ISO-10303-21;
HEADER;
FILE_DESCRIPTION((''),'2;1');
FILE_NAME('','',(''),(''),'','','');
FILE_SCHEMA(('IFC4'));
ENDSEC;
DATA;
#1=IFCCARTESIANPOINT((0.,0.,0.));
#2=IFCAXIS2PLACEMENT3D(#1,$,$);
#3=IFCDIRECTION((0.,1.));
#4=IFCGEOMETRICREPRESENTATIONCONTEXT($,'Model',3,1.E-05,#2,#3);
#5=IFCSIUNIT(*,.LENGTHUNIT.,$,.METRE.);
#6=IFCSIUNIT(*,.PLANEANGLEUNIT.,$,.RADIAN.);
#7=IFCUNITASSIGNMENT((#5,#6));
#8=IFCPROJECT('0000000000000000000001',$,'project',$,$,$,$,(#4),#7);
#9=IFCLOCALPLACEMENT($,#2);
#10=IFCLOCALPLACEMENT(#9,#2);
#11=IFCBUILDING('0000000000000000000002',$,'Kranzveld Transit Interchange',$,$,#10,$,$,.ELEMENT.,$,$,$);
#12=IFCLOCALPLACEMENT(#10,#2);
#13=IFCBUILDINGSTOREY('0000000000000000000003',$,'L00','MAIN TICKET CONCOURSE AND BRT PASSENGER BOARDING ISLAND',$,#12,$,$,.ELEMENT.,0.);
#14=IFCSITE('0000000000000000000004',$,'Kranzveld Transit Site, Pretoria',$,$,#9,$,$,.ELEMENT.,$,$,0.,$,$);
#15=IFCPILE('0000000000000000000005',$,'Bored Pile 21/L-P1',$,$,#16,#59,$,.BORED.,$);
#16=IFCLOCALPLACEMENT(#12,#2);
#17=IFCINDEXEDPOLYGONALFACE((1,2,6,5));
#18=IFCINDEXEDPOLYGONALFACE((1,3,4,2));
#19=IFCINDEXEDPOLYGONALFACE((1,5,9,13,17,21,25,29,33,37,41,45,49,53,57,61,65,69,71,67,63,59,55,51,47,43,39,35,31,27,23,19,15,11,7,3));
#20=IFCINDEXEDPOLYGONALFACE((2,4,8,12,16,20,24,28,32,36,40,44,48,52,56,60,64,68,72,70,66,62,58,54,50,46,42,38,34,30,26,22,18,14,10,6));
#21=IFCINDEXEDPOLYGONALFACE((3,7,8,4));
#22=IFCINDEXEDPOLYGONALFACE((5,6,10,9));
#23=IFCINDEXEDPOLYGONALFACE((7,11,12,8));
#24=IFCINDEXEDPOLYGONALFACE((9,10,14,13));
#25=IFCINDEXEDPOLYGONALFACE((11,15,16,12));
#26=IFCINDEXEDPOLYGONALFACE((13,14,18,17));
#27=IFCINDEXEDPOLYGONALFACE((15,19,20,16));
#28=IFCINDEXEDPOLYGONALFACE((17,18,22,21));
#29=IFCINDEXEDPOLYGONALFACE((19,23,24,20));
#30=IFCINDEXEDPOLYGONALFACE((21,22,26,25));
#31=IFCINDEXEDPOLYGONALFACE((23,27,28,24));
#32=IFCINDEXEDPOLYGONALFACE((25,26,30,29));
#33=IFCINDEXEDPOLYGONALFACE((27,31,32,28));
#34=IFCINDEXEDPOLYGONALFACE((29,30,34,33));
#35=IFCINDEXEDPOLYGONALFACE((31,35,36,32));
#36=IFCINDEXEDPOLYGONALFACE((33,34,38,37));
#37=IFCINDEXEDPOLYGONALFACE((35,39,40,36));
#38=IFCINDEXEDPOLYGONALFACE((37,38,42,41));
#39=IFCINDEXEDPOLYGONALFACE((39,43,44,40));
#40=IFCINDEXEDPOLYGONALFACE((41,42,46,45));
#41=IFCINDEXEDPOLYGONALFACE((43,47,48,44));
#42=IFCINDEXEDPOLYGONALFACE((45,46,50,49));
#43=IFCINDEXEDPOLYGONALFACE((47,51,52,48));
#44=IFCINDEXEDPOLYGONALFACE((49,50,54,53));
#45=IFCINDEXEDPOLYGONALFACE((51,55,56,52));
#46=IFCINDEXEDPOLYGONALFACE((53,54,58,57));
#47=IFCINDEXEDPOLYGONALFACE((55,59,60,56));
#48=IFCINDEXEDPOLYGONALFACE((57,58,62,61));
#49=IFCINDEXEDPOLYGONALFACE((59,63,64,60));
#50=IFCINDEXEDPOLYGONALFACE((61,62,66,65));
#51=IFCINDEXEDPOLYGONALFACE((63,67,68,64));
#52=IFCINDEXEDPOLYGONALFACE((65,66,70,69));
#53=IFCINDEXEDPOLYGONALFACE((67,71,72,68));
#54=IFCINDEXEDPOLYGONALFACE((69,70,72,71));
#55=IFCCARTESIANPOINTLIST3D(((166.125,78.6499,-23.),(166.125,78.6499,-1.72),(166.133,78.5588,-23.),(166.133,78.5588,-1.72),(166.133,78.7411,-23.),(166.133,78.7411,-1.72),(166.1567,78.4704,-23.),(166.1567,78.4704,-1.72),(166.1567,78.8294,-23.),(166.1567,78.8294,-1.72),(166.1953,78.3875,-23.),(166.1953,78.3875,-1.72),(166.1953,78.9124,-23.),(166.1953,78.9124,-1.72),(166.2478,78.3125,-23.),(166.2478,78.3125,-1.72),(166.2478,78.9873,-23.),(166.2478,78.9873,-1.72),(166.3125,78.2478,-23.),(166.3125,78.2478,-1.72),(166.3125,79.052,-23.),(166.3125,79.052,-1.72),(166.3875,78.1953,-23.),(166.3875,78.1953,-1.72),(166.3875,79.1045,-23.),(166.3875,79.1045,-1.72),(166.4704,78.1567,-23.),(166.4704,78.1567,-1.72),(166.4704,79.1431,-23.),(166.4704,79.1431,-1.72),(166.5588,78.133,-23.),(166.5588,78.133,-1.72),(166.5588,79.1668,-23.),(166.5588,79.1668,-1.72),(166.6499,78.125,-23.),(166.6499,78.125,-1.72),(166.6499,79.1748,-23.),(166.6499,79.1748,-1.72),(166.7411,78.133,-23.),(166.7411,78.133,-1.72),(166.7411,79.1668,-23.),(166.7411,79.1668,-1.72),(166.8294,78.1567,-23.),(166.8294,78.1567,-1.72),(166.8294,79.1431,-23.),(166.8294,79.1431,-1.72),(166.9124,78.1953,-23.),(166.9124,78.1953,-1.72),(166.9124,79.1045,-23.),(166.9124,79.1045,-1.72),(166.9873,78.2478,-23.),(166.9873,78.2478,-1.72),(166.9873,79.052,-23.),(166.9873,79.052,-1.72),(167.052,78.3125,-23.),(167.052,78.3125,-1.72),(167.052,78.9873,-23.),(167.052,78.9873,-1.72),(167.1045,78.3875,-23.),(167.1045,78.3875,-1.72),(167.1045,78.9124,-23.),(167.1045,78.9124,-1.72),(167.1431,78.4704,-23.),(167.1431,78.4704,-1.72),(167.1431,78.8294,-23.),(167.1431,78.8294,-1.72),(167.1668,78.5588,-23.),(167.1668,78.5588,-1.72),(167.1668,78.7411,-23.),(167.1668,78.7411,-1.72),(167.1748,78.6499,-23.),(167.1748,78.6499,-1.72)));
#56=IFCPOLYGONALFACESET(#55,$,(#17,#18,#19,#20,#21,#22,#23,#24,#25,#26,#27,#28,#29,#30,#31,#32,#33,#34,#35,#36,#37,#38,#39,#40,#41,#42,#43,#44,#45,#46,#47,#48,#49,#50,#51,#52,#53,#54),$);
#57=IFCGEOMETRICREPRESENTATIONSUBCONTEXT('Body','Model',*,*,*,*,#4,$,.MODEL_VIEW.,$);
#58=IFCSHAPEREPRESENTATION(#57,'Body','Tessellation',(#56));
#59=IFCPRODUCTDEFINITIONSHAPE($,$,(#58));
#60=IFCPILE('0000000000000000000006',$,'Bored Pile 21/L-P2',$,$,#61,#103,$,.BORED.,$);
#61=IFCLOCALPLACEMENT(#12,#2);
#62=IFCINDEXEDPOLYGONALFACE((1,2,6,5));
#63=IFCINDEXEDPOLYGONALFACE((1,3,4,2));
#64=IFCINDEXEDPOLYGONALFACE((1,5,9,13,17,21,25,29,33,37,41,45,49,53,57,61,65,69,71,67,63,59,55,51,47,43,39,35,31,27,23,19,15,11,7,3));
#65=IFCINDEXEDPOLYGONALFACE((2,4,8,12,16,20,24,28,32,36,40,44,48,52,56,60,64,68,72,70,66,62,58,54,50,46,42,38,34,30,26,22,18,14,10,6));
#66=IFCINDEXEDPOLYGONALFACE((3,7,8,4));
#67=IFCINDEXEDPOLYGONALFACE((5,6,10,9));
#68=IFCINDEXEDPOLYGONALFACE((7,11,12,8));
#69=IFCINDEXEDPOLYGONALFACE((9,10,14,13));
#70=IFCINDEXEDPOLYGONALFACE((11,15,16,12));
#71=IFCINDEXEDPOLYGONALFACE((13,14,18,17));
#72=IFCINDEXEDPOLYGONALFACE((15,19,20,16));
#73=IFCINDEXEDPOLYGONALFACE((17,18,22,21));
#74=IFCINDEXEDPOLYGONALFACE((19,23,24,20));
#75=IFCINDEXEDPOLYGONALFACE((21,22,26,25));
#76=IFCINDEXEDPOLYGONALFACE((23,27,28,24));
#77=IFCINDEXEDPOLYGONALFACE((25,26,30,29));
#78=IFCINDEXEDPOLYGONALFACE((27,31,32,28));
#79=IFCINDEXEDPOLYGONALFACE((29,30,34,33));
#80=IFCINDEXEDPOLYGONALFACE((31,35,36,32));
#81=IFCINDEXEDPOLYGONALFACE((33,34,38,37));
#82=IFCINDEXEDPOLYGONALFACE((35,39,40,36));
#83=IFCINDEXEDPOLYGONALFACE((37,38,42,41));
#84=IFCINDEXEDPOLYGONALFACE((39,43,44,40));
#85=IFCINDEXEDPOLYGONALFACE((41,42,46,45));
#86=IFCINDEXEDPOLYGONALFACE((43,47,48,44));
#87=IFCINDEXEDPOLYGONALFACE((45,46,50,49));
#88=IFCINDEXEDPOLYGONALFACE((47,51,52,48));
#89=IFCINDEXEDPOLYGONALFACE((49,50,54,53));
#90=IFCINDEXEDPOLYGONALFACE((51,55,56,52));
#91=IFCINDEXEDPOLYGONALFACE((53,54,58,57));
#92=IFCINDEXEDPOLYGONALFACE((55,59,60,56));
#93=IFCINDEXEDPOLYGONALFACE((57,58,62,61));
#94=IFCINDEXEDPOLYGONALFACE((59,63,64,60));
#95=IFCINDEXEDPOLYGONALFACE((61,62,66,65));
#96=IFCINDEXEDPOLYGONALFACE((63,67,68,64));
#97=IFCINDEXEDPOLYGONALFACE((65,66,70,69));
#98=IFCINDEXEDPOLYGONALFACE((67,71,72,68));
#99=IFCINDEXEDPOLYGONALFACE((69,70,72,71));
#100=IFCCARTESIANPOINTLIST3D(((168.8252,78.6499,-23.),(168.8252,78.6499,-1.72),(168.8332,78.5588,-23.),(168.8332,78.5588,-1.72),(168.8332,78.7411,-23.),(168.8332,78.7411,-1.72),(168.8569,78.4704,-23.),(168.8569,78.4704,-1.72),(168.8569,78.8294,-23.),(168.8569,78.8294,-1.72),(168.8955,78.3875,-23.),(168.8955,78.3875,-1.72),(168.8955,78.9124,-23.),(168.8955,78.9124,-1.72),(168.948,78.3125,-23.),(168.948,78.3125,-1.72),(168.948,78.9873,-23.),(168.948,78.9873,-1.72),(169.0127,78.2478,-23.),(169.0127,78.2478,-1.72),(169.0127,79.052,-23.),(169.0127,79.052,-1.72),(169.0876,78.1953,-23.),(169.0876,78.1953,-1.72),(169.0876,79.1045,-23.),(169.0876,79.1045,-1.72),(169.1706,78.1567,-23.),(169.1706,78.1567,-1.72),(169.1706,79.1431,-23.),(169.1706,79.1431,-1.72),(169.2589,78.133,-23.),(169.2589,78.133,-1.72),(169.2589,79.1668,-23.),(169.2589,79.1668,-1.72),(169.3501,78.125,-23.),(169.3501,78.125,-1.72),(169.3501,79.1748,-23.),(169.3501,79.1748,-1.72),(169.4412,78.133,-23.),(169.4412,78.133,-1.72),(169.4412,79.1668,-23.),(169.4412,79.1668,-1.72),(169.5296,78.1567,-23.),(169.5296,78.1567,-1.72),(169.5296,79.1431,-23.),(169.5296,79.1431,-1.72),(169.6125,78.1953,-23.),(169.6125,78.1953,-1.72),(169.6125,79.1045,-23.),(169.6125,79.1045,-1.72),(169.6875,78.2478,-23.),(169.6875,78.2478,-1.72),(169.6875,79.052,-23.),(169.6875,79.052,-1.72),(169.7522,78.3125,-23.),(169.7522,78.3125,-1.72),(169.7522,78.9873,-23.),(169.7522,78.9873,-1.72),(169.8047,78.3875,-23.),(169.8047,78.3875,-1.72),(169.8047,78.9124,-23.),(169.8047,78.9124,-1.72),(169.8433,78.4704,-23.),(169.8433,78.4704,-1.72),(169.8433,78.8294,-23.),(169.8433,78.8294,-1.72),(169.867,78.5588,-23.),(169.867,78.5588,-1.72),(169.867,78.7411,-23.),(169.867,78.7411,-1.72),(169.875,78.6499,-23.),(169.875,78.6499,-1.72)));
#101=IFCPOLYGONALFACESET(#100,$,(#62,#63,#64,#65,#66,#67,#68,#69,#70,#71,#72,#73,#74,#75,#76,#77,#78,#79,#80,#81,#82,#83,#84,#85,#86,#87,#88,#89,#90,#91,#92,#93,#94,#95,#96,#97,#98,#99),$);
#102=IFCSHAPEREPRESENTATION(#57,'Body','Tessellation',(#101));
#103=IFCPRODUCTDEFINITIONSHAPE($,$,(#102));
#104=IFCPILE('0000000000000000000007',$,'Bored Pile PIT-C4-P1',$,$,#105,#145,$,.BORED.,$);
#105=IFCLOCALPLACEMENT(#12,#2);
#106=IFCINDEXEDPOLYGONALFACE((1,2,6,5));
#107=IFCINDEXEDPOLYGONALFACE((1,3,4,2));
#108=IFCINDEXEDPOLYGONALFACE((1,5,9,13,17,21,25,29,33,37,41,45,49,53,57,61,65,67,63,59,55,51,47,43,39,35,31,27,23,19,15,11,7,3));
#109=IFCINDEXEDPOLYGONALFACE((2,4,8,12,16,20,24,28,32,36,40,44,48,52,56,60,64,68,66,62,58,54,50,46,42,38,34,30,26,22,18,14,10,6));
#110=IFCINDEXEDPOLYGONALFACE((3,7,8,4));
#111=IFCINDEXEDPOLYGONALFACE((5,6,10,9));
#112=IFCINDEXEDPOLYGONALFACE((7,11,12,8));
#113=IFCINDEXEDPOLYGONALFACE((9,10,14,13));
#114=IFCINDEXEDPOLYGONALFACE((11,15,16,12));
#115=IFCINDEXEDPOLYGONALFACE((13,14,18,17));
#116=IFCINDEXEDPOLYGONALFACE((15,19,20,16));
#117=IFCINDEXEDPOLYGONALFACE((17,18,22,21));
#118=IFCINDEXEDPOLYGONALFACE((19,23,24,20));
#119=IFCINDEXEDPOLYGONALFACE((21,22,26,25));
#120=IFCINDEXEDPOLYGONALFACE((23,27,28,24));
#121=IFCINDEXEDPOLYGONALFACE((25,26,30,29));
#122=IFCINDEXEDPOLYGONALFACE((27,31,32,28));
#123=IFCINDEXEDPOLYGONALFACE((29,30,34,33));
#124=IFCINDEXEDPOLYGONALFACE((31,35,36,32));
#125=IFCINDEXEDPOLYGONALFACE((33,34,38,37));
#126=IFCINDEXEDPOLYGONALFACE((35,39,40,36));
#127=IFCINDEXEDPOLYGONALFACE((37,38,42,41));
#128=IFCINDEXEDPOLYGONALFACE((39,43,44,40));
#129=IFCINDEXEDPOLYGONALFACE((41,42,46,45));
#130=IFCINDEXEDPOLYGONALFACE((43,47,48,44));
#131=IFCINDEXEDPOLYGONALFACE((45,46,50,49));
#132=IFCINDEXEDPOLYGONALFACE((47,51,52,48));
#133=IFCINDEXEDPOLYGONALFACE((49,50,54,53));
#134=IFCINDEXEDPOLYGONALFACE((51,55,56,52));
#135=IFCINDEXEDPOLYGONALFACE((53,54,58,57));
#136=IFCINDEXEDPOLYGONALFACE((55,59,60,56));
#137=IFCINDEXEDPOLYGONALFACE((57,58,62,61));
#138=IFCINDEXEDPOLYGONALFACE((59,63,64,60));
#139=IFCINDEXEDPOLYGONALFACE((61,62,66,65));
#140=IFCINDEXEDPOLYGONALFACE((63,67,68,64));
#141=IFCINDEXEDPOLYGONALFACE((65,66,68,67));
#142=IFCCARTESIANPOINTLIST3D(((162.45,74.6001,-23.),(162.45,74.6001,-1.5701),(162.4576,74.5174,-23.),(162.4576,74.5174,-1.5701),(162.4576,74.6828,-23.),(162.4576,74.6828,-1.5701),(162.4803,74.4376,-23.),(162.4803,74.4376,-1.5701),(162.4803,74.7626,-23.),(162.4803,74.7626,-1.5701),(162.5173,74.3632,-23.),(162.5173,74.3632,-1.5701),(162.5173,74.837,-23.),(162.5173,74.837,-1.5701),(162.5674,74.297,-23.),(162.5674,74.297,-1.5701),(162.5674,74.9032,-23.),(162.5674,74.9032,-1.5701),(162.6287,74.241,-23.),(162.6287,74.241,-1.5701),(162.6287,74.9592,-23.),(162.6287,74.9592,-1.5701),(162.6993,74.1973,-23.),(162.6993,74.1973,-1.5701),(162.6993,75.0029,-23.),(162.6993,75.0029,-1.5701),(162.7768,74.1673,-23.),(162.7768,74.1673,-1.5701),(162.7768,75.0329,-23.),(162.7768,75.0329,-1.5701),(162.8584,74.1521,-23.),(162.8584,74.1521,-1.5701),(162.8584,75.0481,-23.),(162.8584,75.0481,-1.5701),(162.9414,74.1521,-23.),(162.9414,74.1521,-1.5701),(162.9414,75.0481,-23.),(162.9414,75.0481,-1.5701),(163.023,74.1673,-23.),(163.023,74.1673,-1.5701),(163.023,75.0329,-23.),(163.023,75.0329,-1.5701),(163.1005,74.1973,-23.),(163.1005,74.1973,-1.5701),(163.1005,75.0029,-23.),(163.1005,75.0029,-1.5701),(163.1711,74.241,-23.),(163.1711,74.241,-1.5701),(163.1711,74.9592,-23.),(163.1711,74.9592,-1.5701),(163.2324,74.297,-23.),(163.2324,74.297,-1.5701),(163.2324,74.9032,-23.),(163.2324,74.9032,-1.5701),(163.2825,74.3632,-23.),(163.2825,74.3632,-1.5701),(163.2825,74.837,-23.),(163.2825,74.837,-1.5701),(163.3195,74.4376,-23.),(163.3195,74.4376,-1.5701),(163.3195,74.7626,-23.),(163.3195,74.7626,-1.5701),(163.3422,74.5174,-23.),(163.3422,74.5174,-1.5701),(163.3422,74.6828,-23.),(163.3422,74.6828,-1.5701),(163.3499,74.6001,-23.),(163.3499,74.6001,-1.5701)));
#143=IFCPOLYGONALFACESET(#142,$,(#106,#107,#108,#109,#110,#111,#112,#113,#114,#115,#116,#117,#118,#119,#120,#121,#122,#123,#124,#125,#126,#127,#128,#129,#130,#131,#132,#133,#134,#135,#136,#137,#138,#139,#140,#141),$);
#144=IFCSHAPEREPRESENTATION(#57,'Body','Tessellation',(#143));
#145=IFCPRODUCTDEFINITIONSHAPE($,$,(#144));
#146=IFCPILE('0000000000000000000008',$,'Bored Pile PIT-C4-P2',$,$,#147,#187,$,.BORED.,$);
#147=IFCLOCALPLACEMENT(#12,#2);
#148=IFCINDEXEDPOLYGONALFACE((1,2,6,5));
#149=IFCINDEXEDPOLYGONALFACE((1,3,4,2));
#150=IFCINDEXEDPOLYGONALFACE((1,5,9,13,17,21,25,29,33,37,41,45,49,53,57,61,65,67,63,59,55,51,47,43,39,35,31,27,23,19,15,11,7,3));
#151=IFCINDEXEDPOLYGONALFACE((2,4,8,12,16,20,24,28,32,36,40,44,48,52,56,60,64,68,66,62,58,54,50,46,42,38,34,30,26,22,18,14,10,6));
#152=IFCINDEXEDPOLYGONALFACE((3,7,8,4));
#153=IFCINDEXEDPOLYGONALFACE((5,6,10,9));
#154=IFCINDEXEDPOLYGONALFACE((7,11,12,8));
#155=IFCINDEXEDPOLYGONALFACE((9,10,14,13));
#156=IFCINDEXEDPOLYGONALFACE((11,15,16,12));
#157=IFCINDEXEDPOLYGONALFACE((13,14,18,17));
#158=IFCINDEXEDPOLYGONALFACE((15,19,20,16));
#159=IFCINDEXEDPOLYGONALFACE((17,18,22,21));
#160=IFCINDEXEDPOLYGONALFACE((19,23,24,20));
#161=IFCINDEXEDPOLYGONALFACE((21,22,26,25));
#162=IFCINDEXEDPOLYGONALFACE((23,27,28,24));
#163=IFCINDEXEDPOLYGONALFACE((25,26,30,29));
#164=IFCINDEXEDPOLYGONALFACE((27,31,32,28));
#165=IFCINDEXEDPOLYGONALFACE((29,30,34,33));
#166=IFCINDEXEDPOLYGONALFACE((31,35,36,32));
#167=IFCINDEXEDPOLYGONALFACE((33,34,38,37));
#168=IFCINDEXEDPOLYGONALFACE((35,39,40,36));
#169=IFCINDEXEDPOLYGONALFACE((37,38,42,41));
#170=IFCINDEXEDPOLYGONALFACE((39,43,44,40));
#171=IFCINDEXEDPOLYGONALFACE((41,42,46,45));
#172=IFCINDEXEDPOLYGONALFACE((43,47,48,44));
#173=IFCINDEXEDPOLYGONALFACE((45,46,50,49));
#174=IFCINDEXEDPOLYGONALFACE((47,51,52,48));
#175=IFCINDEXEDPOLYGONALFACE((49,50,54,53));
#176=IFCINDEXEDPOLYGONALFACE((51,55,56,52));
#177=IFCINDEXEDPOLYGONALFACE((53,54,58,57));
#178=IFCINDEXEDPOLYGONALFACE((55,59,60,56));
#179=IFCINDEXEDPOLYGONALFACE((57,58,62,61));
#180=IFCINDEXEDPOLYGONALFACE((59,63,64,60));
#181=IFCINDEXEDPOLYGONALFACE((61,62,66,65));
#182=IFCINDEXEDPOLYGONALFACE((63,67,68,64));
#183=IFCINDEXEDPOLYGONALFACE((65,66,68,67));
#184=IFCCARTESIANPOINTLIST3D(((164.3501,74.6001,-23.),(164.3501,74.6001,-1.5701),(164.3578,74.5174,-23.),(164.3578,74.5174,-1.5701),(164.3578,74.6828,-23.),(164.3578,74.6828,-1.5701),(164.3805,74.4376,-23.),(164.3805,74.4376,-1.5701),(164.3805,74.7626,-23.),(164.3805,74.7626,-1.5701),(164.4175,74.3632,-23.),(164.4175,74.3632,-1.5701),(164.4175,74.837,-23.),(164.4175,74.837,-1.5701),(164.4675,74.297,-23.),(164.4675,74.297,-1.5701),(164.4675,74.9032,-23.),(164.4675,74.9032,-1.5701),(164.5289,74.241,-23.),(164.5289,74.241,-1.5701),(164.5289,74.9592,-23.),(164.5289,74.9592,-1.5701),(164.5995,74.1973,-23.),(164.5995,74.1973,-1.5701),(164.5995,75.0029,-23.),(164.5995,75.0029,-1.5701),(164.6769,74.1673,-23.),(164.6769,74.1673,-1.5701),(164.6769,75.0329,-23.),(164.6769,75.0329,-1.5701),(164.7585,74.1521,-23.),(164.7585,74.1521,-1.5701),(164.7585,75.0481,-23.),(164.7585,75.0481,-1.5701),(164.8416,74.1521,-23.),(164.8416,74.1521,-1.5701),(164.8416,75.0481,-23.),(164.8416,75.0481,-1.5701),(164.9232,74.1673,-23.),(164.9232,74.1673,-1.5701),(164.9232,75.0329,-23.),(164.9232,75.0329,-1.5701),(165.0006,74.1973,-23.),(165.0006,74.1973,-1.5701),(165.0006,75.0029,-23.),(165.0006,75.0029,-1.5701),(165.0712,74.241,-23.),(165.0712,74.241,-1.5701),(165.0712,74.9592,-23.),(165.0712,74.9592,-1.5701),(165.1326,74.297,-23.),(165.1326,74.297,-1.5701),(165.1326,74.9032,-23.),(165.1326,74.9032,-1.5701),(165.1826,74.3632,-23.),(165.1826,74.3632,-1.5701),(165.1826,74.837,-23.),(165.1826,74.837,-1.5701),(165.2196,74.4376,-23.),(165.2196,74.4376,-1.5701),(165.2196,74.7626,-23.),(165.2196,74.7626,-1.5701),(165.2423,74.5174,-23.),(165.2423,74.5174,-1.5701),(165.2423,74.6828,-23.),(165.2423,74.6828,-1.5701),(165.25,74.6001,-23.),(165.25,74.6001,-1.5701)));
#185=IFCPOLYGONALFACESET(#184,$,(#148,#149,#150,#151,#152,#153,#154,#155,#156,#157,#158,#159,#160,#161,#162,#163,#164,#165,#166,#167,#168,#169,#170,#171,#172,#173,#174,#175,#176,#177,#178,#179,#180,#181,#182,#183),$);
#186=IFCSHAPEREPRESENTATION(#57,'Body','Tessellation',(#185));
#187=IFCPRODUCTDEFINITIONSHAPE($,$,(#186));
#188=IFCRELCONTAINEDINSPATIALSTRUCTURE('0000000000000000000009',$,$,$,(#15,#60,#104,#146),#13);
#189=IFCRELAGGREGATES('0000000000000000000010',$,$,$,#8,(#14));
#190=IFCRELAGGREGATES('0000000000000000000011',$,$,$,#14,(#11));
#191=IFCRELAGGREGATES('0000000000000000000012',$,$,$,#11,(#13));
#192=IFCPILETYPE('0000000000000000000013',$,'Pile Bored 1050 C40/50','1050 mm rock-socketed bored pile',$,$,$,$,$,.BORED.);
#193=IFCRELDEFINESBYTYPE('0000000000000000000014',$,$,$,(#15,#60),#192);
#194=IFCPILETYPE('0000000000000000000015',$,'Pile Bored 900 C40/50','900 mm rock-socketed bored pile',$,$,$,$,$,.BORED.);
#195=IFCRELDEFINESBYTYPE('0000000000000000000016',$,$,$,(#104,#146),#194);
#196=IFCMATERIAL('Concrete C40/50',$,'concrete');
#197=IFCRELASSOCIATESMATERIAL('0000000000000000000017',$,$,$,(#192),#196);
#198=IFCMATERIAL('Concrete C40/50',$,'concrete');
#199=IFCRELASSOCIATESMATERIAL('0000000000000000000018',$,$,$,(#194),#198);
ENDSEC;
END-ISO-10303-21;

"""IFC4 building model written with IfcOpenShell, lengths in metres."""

from ifc_helpers import new_model, si_unit, direction, frame, origin, origin_2d, place, context, subcontext, project, spatial, circle, extrude, material, material_profile, profile_set, type_object, element, save


model = new_model("IFC4")

# Units and contexts
model_context = context("Model", 3, precision=1e-05, world=origin(), true_north=direction((0.0, 1.0)))
body_context = subcontext(model_context, "Body", "Model", "MODEL_VIEW")
ifc_project = project(units=[si_unit("LENGTHUNIT", "METRE"), si_unit("PLANEANGLEUNIT", "RADIAN")], contexts=[model_context])

# Site, building, storey
site_placement = place(None, origin())
site = spatial("IfcSite", under=ifc_project, at=site_placement, Name="Kranzveld Transit Site, Pretoria", CompositionType="ELEMENT", RefElevation=0.0)
building_placement = place(site_placement, origin())
building = spatial("IfcBuilding", under=site, at=building_placement, Name="Kranzveld Transit Interchange", CompositionType="ELEMENT")
storey_placement = place(building_placement, origin())
storey = spatial("IfcBuildingStorey", under=building, at=storey_placement, Name="L00", Description="MAIN TICKET CONCOURSE AND BRT PASSENGER BOARDING ISLAND", CompositionType="ELEMENT", Elevation=0.0)

# Piles
ifc_material_1 = material(Name="Concrete C40/50", Category="concrete")
ifc_material_profile_1 = material_profile(ifc_material_1, circle(Radius=0.5249, at=origin_2d()), Name="BORED PILE 1050")
ifc_profile_set_1 = profile_set([ifc_material_profile_1], Name="Concrete C40/50")
pile_type_1 = type_object("IfcPileType", Name="Pile Bored 1050 C40/50", Description="1050 mm rock-socketed bored pile", PredefinedType="BORED", material=ifc_profile_set_1)
for number, where, z_axis, x_axis, name in (
    (1, (166.6499, 78.6499, -1.72), (0.0, 0.0, -1.0), (1.0, 0.0, 0.0), "Bored Pile 21/L-P1"),
    (2, (169.3501, 78.6499, -1.72), (0.0, 0.0, -1.0), (1.0, 0.0, 0.0), "Bored Pile 21/L-P2"),
):
    element("IfcPile", number, at=place(storey_placement, frame(where, z_axis=z_axis, x_axis=x_axis)), inside=storey, type_object=pile_type_1, Name=name, PredefinedType="BORED", context=body_context, shape_type="SweptSolid", body=[
        extrude(circle(Radius=0.5249, at=origin_2d()), origin(), (0.0, 0.0, 1.0), 21.28),
    ])
ifc_material_2 = material(Name="Concrete C40/50", Category="concrete")
ifc_material_profile_2 = material_profile(ifc_material_2, circle(Radius=0.45, at=origin_2d()), Name="BORED PILE 900")
ifc_profile_set_2 = profile_set([ifc_material_profile_2], Name="Concrete C40/50")
pile_type_2 = type_object("IfcPileType", Name="Pile Bored 900 C40/50", Description="900 mm rock-socketed bored pile", PredefinedType="BORED", material=ifc_profile_set_2)
for number, where, z_axis, x_axis, name in (
    (3, (162.8999, 74.6001, -1.5701), (0.0, 0.0, -1.0), (1.0, 0.0, 0.0), "Bored Pile PIT-C4-P1"),
    (4, (164.8, 74.6001, -1.5701), (0.0, 0.0, -1.0), (1.0, 0.0, 0.0), "Bored Pile PIT-C4-P2"),
):
    element("IfcPile", number, at=place(storey_placement, frame(where, z_axis=z_axis, x_axis=x_axis)), inside=storey, type_object=pile_type_2, Name=name, PredefinedType="BORED", context=body_context, shape_type="SweptSolid", body=[
        extrude(circle(Radius=0.45, at=origin_2d()), origin(), (0.0, 0.0, 1.0), 21.4299),
    ])

save(model, "model.ifc")
